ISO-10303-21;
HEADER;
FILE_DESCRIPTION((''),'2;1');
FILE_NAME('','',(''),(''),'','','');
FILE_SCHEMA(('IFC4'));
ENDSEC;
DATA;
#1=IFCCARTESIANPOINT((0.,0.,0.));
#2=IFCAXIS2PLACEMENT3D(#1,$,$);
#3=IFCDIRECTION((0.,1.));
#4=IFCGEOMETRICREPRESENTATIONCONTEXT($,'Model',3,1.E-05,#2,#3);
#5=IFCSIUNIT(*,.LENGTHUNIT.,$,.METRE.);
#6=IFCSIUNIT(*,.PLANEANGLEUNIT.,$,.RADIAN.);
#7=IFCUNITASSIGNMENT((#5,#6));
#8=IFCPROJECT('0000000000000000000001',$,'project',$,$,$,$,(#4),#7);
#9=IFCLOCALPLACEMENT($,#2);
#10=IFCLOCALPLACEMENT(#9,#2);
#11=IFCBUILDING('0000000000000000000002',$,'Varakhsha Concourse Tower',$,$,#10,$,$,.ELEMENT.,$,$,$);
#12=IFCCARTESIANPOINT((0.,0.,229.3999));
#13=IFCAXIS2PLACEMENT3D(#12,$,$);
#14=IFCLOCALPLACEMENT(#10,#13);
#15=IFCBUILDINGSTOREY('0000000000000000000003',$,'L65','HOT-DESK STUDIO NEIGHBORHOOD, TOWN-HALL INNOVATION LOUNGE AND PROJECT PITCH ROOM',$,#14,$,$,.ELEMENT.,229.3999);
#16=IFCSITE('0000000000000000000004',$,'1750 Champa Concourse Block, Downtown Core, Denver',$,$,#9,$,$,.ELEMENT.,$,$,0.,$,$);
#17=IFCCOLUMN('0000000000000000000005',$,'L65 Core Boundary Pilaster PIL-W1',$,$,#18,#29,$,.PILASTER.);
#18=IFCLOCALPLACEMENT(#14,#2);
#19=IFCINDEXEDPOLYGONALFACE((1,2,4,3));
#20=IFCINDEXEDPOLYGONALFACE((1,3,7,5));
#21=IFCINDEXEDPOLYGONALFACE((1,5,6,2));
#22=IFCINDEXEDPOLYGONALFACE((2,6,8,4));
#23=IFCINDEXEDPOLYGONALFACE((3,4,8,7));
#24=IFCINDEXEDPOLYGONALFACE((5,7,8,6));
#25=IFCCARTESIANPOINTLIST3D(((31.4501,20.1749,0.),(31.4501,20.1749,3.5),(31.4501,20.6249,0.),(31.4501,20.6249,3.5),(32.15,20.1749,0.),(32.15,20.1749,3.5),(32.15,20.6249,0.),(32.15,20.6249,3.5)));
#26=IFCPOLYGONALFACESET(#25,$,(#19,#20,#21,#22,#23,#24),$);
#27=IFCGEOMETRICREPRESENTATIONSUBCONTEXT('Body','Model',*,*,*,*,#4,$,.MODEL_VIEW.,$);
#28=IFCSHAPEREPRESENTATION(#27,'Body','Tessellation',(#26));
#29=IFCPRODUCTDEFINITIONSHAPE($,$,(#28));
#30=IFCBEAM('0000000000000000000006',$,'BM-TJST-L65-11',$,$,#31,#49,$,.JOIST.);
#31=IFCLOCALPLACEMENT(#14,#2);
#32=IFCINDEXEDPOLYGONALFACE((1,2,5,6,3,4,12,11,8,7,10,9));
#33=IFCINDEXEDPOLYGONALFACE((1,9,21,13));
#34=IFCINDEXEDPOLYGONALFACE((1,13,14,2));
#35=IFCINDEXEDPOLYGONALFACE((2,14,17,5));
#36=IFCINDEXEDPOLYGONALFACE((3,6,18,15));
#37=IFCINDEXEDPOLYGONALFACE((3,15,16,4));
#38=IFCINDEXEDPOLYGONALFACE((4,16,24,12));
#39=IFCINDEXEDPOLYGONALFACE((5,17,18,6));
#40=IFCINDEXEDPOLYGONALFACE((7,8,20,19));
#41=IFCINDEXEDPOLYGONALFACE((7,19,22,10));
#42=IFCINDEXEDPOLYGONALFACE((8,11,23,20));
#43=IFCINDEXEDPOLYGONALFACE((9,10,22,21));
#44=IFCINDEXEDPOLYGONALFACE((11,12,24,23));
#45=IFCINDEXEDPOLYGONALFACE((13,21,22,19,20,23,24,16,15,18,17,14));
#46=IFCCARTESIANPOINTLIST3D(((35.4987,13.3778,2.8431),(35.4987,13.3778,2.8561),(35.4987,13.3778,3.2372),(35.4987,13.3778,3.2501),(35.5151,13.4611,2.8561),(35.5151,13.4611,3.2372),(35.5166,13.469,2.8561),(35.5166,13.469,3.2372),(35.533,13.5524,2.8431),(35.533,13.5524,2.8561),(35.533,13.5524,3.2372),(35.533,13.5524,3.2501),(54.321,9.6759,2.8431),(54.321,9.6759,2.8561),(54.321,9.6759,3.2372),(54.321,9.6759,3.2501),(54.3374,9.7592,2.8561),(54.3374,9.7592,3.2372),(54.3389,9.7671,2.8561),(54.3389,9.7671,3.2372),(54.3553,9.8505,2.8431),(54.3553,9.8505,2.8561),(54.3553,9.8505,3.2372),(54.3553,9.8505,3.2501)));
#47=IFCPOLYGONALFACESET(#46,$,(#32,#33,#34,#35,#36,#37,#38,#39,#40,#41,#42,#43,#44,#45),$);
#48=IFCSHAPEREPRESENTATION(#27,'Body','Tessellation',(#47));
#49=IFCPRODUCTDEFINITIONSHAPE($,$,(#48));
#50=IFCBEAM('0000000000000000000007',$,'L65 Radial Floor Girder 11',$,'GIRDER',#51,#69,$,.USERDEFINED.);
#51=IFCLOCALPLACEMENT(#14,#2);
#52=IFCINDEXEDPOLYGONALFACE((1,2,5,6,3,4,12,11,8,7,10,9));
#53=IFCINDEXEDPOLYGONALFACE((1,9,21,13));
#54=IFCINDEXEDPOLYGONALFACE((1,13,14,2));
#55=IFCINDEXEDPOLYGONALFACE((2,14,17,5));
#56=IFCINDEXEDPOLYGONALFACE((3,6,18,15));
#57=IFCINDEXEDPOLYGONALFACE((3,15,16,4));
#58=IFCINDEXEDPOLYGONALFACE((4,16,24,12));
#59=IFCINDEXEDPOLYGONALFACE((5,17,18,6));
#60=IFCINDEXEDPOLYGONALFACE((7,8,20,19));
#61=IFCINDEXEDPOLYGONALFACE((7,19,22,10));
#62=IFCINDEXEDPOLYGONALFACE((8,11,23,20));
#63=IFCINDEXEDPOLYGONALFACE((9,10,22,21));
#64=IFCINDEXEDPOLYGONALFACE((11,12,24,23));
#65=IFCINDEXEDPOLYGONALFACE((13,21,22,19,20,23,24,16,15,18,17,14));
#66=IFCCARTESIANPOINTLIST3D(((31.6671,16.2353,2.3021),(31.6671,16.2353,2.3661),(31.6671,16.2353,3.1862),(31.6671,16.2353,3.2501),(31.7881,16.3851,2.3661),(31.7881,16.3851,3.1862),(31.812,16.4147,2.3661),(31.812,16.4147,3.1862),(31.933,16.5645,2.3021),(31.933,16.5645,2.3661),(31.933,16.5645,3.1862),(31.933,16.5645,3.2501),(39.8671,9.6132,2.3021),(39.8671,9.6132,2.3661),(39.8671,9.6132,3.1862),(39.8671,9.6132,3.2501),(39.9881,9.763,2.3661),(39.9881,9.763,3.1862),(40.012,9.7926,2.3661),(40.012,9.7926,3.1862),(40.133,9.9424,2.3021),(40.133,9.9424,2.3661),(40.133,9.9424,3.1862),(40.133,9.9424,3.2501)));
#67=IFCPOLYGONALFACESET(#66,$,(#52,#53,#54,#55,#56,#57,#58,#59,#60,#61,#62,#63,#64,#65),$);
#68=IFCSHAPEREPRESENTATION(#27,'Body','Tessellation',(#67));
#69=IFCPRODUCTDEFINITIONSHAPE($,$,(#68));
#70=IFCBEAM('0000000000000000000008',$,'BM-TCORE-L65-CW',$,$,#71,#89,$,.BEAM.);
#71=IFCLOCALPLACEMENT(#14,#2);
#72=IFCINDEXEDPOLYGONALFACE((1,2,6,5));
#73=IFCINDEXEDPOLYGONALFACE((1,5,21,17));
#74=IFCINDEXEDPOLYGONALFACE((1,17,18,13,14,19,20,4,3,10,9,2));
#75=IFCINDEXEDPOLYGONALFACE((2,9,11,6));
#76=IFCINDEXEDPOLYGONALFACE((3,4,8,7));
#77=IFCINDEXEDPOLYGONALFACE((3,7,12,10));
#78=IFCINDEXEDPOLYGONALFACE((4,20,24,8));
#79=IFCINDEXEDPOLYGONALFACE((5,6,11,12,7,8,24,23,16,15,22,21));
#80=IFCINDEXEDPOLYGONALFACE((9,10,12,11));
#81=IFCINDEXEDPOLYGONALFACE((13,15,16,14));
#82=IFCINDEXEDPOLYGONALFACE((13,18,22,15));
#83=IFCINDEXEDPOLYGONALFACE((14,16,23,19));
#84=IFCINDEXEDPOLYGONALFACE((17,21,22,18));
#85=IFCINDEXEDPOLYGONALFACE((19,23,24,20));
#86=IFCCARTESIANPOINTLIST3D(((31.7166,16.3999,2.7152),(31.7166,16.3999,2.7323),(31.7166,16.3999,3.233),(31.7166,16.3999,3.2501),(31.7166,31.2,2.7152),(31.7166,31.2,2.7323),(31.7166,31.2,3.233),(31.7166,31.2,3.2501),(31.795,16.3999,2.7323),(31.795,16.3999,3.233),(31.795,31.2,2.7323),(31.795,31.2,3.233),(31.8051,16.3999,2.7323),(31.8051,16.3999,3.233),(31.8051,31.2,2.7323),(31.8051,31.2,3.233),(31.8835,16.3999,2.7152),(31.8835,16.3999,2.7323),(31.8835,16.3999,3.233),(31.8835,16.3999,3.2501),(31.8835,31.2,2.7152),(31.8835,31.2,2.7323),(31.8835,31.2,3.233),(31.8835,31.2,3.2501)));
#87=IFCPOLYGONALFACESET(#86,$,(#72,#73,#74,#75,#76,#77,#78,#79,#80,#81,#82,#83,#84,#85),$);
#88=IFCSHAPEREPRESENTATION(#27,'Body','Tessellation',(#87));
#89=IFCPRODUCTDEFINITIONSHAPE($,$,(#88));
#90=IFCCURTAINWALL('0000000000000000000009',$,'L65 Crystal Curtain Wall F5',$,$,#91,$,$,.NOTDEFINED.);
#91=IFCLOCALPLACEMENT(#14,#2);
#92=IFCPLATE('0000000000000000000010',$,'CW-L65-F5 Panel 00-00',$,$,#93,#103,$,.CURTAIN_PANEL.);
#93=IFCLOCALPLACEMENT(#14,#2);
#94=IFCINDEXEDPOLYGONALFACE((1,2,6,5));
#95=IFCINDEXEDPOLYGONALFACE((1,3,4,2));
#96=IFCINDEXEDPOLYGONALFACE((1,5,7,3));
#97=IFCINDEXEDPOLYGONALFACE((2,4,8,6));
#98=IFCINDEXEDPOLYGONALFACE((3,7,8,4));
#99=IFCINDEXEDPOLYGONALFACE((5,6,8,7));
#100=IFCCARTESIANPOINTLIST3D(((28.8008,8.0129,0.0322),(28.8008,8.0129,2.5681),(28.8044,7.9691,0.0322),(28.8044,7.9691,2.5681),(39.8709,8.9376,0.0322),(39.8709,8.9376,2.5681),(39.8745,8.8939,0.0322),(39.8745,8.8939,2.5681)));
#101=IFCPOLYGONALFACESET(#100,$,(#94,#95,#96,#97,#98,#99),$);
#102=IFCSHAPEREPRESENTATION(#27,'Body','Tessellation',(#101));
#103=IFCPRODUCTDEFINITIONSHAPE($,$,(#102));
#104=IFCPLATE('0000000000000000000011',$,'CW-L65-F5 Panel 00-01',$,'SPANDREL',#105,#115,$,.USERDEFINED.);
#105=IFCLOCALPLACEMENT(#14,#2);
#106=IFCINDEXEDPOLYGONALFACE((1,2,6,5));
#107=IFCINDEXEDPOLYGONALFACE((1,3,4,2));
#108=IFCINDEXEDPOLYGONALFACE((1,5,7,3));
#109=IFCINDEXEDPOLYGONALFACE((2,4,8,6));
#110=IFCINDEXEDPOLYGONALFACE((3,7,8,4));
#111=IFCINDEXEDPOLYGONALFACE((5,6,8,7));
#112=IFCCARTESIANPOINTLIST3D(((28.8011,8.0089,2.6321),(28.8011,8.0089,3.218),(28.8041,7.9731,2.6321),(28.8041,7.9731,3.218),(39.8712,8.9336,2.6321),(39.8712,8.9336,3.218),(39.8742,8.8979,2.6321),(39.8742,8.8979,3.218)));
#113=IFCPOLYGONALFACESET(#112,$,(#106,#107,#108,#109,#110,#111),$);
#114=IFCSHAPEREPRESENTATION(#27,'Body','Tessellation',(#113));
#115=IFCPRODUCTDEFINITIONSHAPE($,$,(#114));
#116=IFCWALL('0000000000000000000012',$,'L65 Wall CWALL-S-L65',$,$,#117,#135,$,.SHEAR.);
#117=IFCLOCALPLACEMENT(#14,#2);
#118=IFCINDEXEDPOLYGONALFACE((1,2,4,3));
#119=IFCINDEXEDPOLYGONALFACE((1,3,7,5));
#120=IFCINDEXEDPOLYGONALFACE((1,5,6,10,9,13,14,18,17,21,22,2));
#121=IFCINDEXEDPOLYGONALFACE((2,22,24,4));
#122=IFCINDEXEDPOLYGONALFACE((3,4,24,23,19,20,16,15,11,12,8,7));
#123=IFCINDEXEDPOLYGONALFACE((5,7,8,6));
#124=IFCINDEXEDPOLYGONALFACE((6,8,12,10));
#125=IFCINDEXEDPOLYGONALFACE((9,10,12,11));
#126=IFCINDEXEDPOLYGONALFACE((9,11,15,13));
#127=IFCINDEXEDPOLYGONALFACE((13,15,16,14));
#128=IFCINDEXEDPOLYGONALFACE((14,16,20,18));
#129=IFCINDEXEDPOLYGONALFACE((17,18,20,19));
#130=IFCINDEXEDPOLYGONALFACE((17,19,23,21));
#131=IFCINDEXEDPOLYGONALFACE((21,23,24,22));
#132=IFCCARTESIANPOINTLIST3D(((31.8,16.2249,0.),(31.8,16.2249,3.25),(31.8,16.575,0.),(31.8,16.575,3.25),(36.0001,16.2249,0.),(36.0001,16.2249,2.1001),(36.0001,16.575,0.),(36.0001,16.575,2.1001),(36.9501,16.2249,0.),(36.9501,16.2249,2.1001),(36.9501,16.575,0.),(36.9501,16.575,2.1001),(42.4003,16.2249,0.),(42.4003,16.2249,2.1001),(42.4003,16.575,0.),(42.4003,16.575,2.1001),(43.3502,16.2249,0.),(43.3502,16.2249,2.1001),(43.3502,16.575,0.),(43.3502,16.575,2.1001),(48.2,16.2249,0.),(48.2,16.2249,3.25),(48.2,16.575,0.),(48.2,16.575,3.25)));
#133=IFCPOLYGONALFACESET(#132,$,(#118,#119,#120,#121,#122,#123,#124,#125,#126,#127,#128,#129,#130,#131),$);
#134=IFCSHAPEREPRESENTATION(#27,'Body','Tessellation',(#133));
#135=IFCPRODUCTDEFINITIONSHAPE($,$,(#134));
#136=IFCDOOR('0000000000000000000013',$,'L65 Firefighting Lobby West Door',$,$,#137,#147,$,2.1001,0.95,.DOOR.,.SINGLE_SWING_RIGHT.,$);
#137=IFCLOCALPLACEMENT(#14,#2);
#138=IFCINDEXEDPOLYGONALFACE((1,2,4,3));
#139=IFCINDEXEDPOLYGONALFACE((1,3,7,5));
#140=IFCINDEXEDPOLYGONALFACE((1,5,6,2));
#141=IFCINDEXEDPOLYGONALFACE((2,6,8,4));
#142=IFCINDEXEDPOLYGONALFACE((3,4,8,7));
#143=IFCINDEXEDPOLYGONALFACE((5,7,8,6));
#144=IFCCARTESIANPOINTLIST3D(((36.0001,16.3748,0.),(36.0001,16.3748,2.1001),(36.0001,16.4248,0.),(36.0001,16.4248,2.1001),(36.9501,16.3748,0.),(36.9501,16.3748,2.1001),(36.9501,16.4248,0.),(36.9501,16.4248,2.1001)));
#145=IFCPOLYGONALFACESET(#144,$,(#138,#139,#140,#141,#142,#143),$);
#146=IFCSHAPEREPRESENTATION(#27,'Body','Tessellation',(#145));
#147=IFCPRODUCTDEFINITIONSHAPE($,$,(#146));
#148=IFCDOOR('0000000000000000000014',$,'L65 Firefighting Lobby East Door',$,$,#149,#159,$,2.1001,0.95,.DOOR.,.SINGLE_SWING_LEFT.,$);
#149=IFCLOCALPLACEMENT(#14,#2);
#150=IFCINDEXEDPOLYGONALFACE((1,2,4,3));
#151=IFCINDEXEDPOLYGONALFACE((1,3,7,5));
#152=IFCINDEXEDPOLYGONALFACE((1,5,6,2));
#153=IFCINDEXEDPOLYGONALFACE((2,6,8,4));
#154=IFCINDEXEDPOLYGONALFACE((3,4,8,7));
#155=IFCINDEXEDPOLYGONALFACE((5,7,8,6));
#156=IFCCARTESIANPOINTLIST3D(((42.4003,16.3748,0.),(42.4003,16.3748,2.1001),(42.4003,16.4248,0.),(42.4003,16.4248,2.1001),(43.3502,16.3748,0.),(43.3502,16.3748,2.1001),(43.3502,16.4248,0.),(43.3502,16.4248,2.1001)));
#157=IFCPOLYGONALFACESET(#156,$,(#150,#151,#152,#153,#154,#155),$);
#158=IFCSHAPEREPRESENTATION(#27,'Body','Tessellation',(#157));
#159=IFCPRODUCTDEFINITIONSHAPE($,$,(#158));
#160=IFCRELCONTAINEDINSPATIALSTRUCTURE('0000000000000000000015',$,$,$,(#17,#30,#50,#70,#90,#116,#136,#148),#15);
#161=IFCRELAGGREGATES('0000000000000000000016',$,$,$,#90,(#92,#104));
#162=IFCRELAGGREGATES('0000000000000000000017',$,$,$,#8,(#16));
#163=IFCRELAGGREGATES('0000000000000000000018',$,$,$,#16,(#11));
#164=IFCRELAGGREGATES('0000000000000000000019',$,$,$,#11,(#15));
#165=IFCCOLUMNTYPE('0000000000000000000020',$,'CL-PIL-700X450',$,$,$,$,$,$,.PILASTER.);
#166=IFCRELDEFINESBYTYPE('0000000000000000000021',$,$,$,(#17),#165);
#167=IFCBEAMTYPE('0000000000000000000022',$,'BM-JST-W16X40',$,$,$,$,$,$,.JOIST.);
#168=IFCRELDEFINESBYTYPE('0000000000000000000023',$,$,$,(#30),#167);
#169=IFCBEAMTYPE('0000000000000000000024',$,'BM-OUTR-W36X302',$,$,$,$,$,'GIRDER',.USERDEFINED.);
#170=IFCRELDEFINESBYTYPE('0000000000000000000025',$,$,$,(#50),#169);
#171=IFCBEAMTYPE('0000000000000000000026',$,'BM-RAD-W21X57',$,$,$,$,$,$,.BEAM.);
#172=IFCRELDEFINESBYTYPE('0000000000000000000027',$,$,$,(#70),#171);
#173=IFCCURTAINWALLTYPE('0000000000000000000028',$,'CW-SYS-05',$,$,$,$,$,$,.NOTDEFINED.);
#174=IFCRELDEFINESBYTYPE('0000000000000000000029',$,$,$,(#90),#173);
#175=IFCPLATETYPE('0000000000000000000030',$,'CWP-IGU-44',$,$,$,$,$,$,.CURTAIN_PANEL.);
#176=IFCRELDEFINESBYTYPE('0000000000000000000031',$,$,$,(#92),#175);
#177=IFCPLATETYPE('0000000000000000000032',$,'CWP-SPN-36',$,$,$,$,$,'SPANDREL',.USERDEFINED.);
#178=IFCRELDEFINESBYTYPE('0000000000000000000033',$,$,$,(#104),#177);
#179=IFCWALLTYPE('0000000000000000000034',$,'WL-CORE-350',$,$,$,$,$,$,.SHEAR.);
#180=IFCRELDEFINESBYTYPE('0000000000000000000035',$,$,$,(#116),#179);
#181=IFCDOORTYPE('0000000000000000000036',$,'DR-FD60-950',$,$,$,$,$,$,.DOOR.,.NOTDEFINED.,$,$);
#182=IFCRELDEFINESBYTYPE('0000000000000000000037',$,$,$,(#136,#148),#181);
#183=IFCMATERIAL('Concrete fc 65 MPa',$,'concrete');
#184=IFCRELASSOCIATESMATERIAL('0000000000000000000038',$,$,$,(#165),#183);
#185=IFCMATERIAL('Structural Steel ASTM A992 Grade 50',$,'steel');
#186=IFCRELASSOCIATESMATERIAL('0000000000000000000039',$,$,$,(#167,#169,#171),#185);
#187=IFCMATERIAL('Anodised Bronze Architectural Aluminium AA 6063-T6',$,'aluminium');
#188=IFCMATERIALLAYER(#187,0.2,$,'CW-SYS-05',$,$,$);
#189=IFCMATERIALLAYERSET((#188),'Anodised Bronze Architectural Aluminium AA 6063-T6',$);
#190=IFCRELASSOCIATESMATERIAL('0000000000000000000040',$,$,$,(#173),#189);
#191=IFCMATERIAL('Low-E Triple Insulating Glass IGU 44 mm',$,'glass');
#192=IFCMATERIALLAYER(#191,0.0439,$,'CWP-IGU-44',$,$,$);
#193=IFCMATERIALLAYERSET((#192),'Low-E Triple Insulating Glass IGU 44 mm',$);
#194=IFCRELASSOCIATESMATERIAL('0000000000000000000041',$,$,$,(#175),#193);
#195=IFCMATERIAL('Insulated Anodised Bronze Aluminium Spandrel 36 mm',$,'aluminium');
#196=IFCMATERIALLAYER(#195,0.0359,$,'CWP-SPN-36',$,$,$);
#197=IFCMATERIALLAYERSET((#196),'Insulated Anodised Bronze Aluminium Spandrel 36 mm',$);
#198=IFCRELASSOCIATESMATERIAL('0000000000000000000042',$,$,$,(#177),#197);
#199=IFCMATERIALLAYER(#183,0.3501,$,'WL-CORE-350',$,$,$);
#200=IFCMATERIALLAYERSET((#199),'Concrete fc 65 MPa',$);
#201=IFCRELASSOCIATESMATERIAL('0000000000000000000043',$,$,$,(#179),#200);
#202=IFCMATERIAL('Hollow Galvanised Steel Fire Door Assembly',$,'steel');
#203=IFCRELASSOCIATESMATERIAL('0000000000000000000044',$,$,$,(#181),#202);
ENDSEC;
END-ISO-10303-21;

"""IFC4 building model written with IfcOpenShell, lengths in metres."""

from ifc_helpers import new_model, si_unit, direction, frame, frame_2d, origin, origin_2d, place, context, subcontext, project, spatial, rectangle, i_section, extrude, source, transform, mapped, material, layer, layer_set, material_profile, profile_set, type_object, type_shapes, element, fill, aggregate, save


model = new_model("IFC4")

# Units and contexts
model_context = context("Model", 3, precision=1e-05, world=origin(), true_north=direction((0.0, 1.0)))
body_context = subcontext(model_context, "Body", "Model", "MODEL_VIEW")
ifc_project = project(units=[si_unit("LENGTHUNIT", "METRE"), si_unit("PLANEANGLEUNIT", "RADIAN")], contexts=[model_context])

# Site, building, storey
site_placement = place(None, origin())
site = spatial("IfcSite", under=ifc_project, at=site_placement, Name="1750 Champa Concourse Block, Downtown Core, Denver", CompositionType="ELEMENT", RefElevation=0.0)
building_placement = place(site_placement, origin())
building = spatial("IfcBuilding", under=site, at=building_placement, Name="Varakhsha Concourse Tower", CompositionType="ELEMENT")
storey_placement = place(building_placement, frame((0.0, 0.0, 229.3999)))
storey = spatial("IfcBuildingStorey", under=building, at=storey_placement, Name="L65", Description="HOT-DESK STUDIO NEIGHBORHOOD, TOWN-HALL INNOVATION LOUNGE AND PROJECT PITCH ROOM", CompositionType="ELEMENT", Elevation=229.3999)

# Column
ifc_material_1 = material(Name="Concrete fc 65 MPa", Category="concrete")
ifc_material_profile_1 = material_profile(ifc_material_1, rectangle(XDim=0.7, YDim=0.45, at=origin_2d()), Name="RC 700x450")
ifc_profile_set_1 = profile_set([ifc_material_profile_1], Name="Concrete fc 65 MPa")
column_type = type_object("IfcColumnType", Name="CL-PIL-700X450", PredefinedType="PILASTER", material=ifc_profile_set_1)
column_placement = place(storey_placement, frame((31.8, 20.3999, 0.0), z_axis=(0.0, 0.0, 1.0), x_axis=(1.0, 0.0, 0.0)))
element("IfcColumn", 1, at=column_placement, inside=storey, type_object=column_type, Name="L65 Core Boundary Pilaster PIL-W1", PredefinedType="PILASTER", context=body_context, shape_type="SweptSolid", body=[
    extrude(rectangle(XDim=0.7, YDim=0.45, at=origin_2d()), origin(), (0.0, 0.0, 1.0), 3.5),
])

# Beams
ifc_material_2 = material(Name="Structural Steel ASTM A992 Grade 50", Category="steel")
ifc_material_profile_2 = material_profile(ifc_material_2, i_section(OverallWidth=0.178, OverallDepth=0.407, WebThickness=0.0081, FlangeThickness=0.0129, at=origin_2d()), Name="W16X40")
ifc_profile_set_2 = profile_set([ifc_material_profile_2], Name="Structural Steel ASTM A992 Grade 50")
beam_type_1 = type_object("IfcBeamType", Name="BM-JST-W16X40", PredefinedType="JOIST", material=ifc_profile_set_2)
beam_1_placement = place(storey_placement, frame((35.5159, 13.4651, 3.0466), z_axis=(0.981203, -0.19298, 0.0), x_axis=(0.19298, 0.981203, 0.0)))
element("IfcBeam", 2, at=beam_1_placement, inside=storey, type_object=beam_type_1, Name="BM-TJST-L65-11", PredefinedType="JOIST", context=body_context, shape_type="SweptSolid", body=[
    extrude(i_section(OverallWidth=0.178, OverallDepth=0.407, WebThickness=0.0081, FlangeThickness=0.0129, at=origin_2d()), origin(), (0.0, 0.0, 1.0), 19.1829),
])
ifc_material_profile_3 = material_profile(ifc_material_2, i_section(OverallWidth=0.4231, OverallDepth=0.948, WebThickness=0.0381, FlangeThickness=0.064, at=origin_2d()), Name="W36X302")
ifc_profile_set_3 = profile_set([ifc_material_profile_3], Name="Structural Steel ASTM A992 Grade 50")
beam_type_2 = type_object("IfcBeamType", Name="BM-OUTR-W36X302", ElementType="GIRDER", PredefinedType="USERDEFINED", material=ifc_profile_set_3)
beam_2_placement = place(storey_placement, frame((31.8, 16.3999, 2.7761), z_axis=(0.777986, -0.628282, 0.0), x_axis=(0.628282, 0.777986, 0.0)))
element("IfcBeam", 3, at=beam_2_placement, inside=storey, type_object=beam_type_2, Name="L65 Radial Floor Girder 11", ObjectType="GIRDER", PredefinedType="USERDEFINED", context=body_context, shape_type="SweptSolid", body=[
    extrude(i_section(OverallWidth=0.4231, OverallDepth=0.948, WebThickness=0.0381, FlangeThickness=0.064, at=origin_2d()), origin(), (0.0, 0.0, 1.0), 10.54),
])
ifc_material_profile_4 = material_profile(ifc_material_2, i_section(OverallWidth=0.167, OverallDepth=0.5349, WebThickness=0.01, FlangeThickness=0.0171, at=origin_2d()), Name="W21X57")
ifc_profile_set_4 = profile_set([ifc_material_profile_4], Name="Structural Steel ASTM A992 Grade 50")
beam_type_3 = type_object("IfcBeamType", Name="BM-RAD-W21X57", PredefinedType="BEAM", material=ifc_profile_set_4)
beam_3_placement = place(storey_placement, frame((31.8, 16.3999, 2.9827), z_axis=(0.0, 1.0, 0.0), x_axis=(-1.0, 0.0, 0.0)))
element("IfcBeam", 4, at=beam_3_placement, inside=storey, type_object=beam_type_3, Name="BM-TCORE-L65-CW", PredefinedType="BEAM", context=body_context, shape_type="SweptSolid", body=[
    extrude(i_section(OverallWidth=0.167, OverallDepth=0.5349, WebThickness=0.01, FlangeThickness=0.0171, at=origin_2d()), origin(), (0.0, 0.0, 1.0), 14.8),
])

# Curtain wall, plates
ifc_material_3 = material(Name="Anodised Bronze Architectural Aluminium AA 6063-T6", Category="aluminium")
ifc_layer_1 = layer(ifc_material_3, 0.2, Name="CW-SYS-05")
ifc_layer_set_1 = layer_set([ifc_layer_1], Name="Anodised Bronze Architectural Aluminium AA 6063-T6")
curtain_wall_type = type_object("IfcCurtainWallType", Name="CW-SYS-05", PredefinedType="NOTDEFINED", material=ifc_layer_set_1)
curtain_wall_placement = place(storey_placement, origin())
curtain_wall = element("IfcCurtainWall", 5, at=curtain_wall_placement, inside=storey, type_object=curtain_wall_type, Name="L65 Crystal Curtain Wall F5", PredefinedType="NOTDEFINED")
ifc_material_4 = material(Name="Low-E Triple Insulating Glass IGU 44 mm", Category="glass")
ifc_layer_2 = layer(ifc_material_4, 0.0439, Name="CWP-IGU-44")
ifc_layer_set_2 = layer_set([ifc_layer_2], Name="Low-E Triple Insulating Glass IGU 44 mm")
plate_type_1 = type_object("IfcPlateType", Name="CWP-IGU-44", PredefinedType="CURTAIN_PANEL", material=ifc_layer_set_2)
shared_shape_1 = source(origin(), body_context, "Body", "SweptSolid", [
    extrude(rectangle(XDim=11.1086, YDim=0.0439, at=origin_2d()), origin(), (0.0, 0.0, 1.0), 2.5359),
])
type_shapes(plate_type_1, [shared_shape_1])
plate_1_placement = place(storey_placement, frame((34.3376, 8.4534, 0.0322), z_axis=(0.0, 0.0, 1.0), x_axis=(-0.996529, -0.083247, 0.0)))
plate_1 = element("IfcPlate", 6, at=plate_1_placement, type_object=plate_type_1, Name="CW-L65-F5 Panel 00-00", PredefinedType="CURTAIN_PANEL", context=body_context, shape_type="MappedRepresentation", body=[
    mapped(shared_shape_1, transform((0.0, 0.0, 0.0), scale=1.0)),
])
ifc_material_5 = material(Name="Insulated Anodised Bronze Aluminium Spandrel 36 mm", Category="aluminium")
ifc_layer_3 = layer(ifc_material_5, 0.0359, Name="CWP-SPN-36")
ifc_layer_set_3 = layer_set([ifc_layer_3], Name="Insulated Anodised Bronze Aluminium Spandrel 36 mm")
plate_type_2 = type_object("IfcPlateType", Name="CWP-SPN-36", ElementType="SPANDREL", PredefinedType="USERDEFINED", material=ifc_layer_set_3)
shared_shape_2 = source(origin(), body_context, "Body", "SweptSolid", [
    extrude(rectangle(XDim=11.1086, YDim=0.0359, at=origin_2d()), origin(), (0.0, 0.0, 1.0), 0.5859),
])
type_shapes(plate_type_2, [shared_shape_2])
plate_2_placement = place(storey_placement, frame((34.3376, 8.4534, 2.6321), z_axis=(0.0, 0.0, 1.0), x_axis=(-0.996529, -0.083247, 0.0)))
plate_2 = element("IfcPlate", 7, at=plate_2_placement, type_object=plate_type_2, Name="CW-L65-F5 Panel 00-01", ObjectType="SPANDREL", PredefinedType="USERDEFINED", context=body_context, shape_type="MappedRepresentation", body=[
    mapped(shared_shape_2, transform((0.0, 0.0, 0.0), scale=1.0)),
])
aggregate(curtain_wall, [plate_1, plate_2])

# Wall, openings, doors
ifc_layer_4 = layer(ifc_material_1, 0.3501, Name="WL-CORE-350")
ifc_layer_set_4 = layer_set([ifc_layer_4], Name="Concrete fc 65 MPa")
wall_type_1 = type_object("IfcWallType", Name="WL-CORE-350", PredefinedType="SHEAR", material=ifc_layer_set_4)
wall_1_placement = place(storey_placement, frame((31.8, 16.3999, 0.0), z_axis=(0.0, 0.0, 1.0), x_axis=(1.0, 0.0, 0.0)))
wall_1 = element("IfcWall", 8, at=wall_1_placement, inside=storey, type_object=wall_type_1, Name="L65 Wall CWALL-S-L65", PredefinedType="SHEAR", context=body_context, shape_type="SweptSolid", body=[
    extrude(rectangle(XDim=16.3999, YDim=0.3501, at=frame_2d((8.2, 0.0))), origin(), (0.0, 0.0, 1.0), 3.25),
])
opening_1_placement = place(wall_1_placement, frame((4.2, 0.0, 0.0)))
opening_1 = element("IfcOpeningElement", 9, at=opening_1_placement, cuts=wall_1, PredefinedType="OPENING", context=body_context, shape_type="SweptSolid", body=[
    extrude(rectangle(XDim=0.95, YDim=2.1001, at=frame_2d((0.4751, 1.05))), frame((0.0, 0.1851, 0.0), z_axis=(0.0, -1.0, 0.0), x_axis=(1.0, 0.0, 0.0)), (0.0, 0.0, 1.0), 0.3701),
])
opening_2_placement = place(wall_1_placement, frame((10.6001, 0.0, 0.0)))
opening_2 = element("IfcOpeningElement", 10, at=opening_2_placement, cuts=wall_1, PredefinedType="OPENING", context=body_context, shape_type="SweptSolid", body=[
    extrude(rectangle(XDim=0.95, YDim=2.1001, at=frame_2d((0.4751, 1.05))), frame((0.0, 0.1851, 0.0), z_axis=(0.0, -1.0, 0.0), x_axis=(1.0, 0.0, 0.0)), (0.0, 0.0, 1.0), 0.3701),
])
ifc_material_6 = material(Name="Hollow Galvanised Steel Fire Door Assembly", Category="steel")
door_type_1 = type_object("IfcDoorType", Name="DR-FD60-950", OperationType="NOTDEFINED", PredefinedType="DOOR", material=ifc_material_6)
door_1_placement = place(opening_1_placement, origin())
door_1 = element("IfcDoor", 11, at=door_1_placement, inside=storey, type_object=door_type_1, Name="L65 Firefighting Lobby West Door", OperationType="SINGLE_SWING_RIGHT", OverallHeight=2.1001, OverallWidth=0.95, PredefinedType="DOOR", context=body_context, shape_type="SweptSolid", body=[
    extrude(rectangle(XDim=0.95, YDim=2.1001, at=frame_2d((0.4751, 1.05))), frame((0.0, 0.0249, 0.0), z_axis=(0.0, -1.0, 0.0), x_axis=(1.0, 0.0, 0.0)), (0.0, 0.0, 1.0), 0.05),
])
fill(opening_1, door_1)
door_2_placement = place(opening_2_placement, origin())
door_2 = element("IfcDoor", 12, at=door_2_placement, inside=storey, type_object=door_type_1, Name="L65 Firefighting Lobby East Door", OperationType="SINGLE_SWING_LEFT", OverallHeight=2.1001, OverallWidth=0.95, PredefinedType="DOOR", context=body_context, shape_type="SweptSolid", body=[
    extrude(rectangle(XDim=0.95, YDim=2.1001, at=frame_2d((0.4751, 1.05))), frame((0.0, 0.0249, 0.0), z_axis=(0.0, -1.0, 0.0), x_axis=(1.0, 0.0, 0.0)), (0.0, 0.0, 1.0), 0.05),
])
fill(opening_2, door_2)

save(model, "model.ifc")
